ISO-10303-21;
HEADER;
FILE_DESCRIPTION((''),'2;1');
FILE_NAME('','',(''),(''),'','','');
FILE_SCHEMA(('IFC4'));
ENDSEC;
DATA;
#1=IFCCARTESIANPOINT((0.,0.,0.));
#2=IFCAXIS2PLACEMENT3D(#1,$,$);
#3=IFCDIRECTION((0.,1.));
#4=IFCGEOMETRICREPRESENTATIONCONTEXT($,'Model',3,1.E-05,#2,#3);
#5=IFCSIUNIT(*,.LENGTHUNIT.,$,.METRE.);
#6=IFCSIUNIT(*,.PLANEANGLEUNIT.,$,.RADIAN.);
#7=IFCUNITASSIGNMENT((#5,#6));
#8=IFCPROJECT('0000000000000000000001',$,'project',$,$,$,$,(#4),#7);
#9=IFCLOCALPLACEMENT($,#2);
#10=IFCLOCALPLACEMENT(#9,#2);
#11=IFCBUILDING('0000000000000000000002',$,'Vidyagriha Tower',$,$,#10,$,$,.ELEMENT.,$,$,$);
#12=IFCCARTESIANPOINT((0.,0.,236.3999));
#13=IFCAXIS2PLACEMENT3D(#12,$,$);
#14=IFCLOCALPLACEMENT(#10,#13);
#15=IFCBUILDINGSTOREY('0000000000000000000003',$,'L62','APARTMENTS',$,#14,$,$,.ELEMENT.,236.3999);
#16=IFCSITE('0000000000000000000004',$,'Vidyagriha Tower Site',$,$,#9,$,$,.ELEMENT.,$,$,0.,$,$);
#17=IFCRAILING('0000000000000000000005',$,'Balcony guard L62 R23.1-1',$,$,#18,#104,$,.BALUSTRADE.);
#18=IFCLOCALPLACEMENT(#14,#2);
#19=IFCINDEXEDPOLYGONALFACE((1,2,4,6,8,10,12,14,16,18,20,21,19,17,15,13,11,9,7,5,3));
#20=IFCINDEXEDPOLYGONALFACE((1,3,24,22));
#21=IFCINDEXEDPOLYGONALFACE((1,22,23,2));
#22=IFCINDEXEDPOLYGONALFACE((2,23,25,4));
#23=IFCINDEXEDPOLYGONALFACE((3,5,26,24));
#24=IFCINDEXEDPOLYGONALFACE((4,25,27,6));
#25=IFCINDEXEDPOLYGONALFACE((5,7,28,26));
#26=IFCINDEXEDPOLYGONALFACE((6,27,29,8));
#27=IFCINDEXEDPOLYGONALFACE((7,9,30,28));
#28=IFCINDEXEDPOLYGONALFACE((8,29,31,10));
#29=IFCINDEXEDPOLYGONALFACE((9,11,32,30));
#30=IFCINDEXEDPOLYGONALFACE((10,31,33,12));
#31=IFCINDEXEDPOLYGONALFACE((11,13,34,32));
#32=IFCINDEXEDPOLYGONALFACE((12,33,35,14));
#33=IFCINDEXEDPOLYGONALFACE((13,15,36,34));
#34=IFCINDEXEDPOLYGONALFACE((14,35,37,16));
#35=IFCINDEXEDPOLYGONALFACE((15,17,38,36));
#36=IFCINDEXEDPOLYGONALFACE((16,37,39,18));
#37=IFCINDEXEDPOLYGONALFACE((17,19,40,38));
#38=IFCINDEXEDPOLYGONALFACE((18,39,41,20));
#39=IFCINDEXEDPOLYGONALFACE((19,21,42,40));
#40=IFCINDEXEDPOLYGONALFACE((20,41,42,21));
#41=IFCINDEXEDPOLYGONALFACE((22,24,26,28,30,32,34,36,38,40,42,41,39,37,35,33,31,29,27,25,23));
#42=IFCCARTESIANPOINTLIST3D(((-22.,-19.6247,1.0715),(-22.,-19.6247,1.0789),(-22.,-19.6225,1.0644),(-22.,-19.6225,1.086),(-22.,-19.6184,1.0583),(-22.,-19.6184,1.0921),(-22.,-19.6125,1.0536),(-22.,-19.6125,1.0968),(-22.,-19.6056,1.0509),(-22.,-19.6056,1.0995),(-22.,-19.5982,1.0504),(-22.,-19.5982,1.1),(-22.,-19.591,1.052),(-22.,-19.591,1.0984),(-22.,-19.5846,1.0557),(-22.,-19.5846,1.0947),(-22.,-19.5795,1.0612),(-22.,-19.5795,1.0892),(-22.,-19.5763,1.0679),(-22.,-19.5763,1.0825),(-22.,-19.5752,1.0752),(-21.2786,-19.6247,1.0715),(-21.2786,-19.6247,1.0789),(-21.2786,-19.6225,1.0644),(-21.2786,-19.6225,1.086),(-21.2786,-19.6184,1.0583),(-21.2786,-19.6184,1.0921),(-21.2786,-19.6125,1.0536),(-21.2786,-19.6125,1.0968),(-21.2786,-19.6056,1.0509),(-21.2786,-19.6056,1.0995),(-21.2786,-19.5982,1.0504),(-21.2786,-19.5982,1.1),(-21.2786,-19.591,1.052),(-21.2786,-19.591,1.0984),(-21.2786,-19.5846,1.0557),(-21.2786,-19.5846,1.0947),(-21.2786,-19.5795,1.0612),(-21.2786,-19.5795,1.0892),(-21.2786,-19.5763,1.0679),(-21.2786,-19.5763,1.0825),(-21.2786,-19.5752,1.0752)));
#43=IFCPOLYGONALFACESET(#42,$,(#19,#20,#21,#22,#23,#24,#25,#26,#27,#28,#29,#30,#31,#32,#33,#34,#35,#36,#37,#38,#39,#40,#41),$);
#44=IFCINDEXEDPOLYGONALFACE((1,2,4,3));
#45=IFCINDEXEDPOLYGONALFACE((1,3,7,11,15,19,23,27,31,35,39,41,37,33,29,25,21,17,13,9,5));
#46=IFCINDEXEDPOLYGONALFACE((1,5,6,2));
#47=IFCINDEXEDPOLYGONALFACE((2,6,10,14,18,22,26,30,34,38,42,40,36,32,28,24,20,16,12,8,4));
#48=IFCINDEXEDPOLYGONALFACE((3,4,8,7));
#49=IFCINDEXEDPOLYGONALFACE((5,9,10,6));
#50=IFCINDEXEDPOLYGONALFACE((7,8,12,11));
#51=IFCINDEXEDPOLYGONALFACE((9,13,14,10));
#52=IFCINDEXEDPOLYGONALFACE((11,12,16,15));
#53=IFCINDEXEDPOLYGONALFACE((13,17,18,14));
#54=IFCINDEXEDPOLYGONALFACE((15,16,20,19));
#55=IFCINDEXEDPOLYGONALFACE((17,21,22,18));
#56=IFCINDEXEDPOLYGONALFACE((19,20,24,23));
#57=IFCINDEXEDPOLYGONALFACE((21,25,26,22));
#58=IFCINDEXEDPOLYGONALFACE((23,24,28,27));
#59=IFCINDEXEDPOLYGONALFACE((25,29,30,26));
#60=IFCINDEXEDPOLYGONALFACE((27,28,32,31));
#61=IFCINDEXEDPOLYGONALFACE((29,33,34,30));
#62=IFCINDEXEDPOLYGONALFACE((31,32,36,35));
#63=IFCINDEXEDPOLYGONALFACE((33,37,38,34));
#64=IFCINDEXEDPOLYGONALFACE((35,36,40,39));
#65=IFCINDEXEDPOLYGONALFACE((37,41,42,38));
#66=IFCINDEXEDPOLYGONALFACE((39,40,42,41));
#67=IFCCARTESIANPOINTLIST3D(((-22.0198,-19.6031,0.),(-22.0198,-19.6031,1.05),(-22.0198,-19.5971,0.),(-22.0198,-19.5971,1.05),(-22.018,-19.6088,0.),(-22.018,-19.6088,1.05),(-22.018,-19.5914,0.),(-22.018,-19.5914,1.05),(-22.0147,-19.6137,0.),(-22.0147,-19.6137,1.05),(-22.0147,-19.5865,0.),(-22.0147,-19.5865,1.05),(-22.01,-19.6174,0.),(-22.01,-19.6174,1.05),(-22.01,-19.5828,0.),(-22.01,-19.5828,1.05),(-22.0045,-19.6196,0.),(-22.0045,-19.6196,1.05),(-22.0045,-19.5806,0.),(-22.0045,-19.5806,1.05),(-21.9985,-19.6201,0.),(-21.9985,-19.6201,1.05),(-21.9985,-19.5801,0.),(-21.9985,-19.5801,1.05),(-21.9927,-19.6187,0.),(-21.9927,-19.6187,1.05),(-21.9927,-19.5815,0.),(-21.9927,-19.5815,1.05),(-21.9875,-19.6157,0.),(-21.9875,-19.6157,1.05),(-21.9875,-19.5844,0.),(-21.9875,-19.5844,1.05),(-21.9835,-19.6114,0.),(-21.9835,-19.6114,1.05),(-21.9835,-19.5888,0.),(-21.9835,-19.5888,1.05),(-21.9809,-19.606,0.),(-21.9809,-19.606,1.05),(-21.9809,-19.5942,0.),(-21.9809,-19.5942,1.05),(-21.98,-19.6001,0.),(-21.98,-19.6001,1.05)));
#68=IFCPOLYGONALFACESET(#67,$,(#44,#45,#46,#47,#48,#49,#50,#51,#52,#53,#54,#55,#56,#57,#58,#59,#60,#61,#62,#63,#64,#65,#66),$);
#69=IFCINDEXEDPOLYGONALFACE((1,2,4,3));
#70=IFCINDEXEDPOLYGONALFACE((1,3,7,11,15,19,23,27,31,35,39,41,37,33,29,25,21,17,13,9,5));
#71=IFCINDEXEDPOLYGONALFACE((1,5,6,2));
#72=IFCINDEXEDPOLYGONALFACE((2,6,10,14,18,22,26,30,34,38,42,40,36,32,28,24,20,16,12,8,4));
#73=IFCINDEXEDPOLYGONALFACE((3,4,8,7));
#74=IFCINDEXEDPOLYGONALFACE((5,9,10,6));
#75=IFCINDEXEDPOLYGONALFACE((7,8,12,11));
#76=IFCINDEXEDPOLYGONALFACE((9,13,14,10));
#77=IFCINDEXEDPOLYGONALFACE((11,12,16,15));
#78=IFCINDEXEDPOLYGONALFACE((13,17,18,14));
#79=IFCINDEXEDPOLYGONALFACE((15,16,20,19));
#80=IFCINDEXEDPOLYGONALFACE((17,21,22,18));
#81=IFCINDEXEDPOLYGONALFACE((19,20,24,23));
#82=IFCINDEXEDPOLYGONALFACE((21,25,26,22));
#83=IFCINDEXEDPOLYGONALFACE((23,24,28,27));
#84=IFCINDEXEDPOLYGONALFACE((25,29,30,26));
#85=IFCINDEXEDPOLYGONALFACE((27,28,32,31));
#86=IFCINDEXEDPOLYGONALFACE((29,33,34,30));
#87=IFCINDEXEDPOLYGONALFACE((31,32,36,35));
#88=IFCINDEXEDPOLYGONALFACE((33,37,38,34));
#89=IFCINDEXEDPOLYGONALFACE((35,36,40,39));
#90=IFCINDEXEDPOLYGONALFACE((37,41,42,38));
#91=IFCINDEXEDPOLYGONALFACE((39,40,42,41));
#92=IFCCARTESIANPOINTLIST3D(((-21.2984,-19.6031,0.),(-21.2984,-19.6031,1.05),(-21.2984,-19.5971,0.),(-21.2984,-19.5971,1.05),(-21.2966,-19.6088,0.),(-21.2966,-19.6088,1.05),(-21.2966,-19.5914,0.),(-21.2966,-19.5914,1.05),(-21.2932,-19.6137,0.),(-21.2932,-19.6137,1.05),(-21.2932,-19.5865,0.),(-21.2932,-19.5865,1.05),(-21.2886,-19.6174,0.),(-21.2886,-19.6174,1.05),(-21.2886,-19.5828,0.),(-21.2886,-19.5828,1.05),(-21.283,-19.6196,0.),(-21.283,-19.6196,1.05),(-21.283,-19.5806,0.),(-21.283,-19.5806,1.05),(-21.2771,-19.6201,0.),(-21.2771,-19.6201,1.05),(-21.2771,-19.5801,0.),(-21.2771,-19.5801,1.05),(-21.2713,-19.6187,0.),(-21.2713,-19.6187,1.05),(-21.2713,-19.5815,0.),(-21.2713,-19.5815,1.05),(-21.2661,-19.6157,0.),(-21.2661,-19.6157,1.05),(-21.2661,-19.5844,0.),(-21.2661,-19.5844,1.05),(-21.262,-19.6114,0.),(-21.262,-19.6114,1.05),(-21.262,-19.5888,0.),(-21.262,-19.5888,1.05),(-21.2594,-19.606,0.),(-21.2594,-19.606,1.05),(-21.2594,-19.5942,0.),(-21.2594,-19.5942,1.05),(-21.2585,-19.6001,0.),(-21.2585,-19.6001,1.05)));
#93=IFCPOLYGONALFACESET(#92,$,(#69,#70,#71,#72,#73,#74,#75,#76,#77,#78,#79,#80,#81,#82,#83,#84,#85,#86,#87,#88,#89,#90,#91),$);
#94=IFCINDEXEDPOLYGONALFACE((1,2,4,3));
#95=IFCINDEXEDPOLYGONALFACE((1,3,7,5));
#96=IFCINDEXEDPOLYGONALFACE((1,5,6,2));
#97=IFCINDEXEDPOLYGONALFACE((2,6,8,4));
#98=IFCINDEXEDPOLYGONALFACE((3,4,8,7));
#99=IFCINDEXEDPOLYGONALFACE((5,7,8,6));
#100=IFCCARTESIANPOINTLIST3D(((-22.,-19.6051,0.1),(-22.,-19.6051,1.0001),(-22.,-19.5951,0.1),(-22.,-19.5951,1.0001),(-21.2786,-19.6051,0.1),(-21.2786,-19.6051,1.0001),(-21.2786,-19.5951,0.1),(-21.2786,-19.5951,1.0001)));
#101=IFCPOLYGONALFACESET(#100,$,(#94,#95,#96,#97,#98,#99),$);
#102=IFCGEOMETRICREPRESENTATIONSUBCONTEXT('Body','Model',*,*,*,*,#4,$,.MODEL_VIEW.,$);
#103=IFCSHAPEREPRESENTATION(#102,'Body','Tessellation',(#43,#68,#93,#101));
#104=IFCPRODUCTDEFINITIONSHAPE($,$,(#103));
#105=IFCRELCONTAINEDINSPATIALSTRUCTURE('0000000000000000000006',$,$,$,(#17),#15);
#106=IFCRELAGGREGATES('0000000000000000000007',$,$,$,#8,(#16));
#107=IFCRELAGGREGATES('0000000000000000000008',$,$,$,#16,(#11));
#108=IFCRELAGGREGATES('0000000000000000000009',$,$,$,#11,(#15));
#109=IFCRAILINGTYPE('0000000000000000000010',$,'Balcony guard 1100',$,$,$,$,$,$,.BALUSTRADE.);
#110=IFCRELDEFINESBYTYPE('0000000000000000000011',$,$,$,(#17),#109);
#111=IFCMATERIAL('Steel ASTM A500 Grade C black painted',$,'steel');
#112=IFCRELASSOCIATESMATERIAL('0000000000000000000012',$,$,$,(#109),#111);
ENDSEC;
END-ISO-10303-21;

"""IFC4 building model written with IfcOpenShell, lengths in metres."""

from ifc_helpers import new_model, si_unit, direction, frame, origin, origin_2d, place, context, subcontext, project, spatial, rectangle, circle, extrude, material, type_object, element, save


model = new_model("IFC4")

# Units and contexts
model_context = context("Model", 3, precision=1e-05, world=origin(), true_north=direction((0.0, 1.0)))
body_context = subcontext(model_context, "Body", "Model", "MODEL_VIEW")
ifc_project = project(units=[si_unit("LENGTHUNIT", "METRE"), si_unit("PLANEANGLEUNIT", "RADIAN")], contexts=[model_context])

# Site, building, storey
site_placement = place(None, origin())
site = spatial("IfcSite", under=ifc_project, at=site_placement, Name="Vidyagriha Tower Site", CompositionType="ELEMENT", RefElevation=0.0)
building_placement = place(site_placement, origin())
building = spatial("IfcBuilding", under=site, at=building_placement, Name="Vidyagriha Tower", CompositionType="ELEMENT")
storey_placement = place(building_placement, frame((0.0, 0.0, 236.3999)))
storey = spatial("IfcBuildingStorey", under=building, at=storey_placement, Name="L62", Description="APARTMENTS", CompositionType="ELEMENT", Elevation=236.3999)

# Railing
ifc_material_1 = material(Name="Steel ASTM A500 Grade C black painted", Category="steel")
railing_type_1 = type_object("IfcRailingType", Name="Balcony guard 1100", PredefinedType="BALUSTRADE", material=ifc_material_1)
railing_1_placement = place(storey_placement, frame((-22.0, -19.6001, 0.0)))
element("IfcRailing", 1, at=railing_1_placement, inside=storey, type_object=railing_type_1, Name="Balcony guard L62 R23.1-1", PredefinedType="BALUSTRADE", context=body_context, shape_type="SweptSolid", body=[
    extrude(circle(Radius=0.0249, at=origin_2d()), frame((0.0, 0.0, 1.0752), z_axis=(1.0, 0.0, 0.0), x_axis=(0.0, 1.0, 0.0)), (0.0, 0.0, 1.0), 0.7214),
    extrude(circle(Radius=0.02, at=origin_2d()), origin(), (0.0, 0.0, 1.0), 1.05),
    extrude(circle(Radius=0.02, at=origin_2d()), frame((0.7214, 0.0, 0.0)), (0.0, 0.0, 1.0), 1.05),
    extrude(rectangle(XDim=0.01, YDim=0.9001, at=origin_2d()), frame((0.0, 0.0, 0.55), z_axis=(1.0, 0.0, 0.0), x_axis=(0.0, 1.0, 0.0)), (0.0, 0.0, 1.0), 0.7214),
])

save(model, "model.ifc")
